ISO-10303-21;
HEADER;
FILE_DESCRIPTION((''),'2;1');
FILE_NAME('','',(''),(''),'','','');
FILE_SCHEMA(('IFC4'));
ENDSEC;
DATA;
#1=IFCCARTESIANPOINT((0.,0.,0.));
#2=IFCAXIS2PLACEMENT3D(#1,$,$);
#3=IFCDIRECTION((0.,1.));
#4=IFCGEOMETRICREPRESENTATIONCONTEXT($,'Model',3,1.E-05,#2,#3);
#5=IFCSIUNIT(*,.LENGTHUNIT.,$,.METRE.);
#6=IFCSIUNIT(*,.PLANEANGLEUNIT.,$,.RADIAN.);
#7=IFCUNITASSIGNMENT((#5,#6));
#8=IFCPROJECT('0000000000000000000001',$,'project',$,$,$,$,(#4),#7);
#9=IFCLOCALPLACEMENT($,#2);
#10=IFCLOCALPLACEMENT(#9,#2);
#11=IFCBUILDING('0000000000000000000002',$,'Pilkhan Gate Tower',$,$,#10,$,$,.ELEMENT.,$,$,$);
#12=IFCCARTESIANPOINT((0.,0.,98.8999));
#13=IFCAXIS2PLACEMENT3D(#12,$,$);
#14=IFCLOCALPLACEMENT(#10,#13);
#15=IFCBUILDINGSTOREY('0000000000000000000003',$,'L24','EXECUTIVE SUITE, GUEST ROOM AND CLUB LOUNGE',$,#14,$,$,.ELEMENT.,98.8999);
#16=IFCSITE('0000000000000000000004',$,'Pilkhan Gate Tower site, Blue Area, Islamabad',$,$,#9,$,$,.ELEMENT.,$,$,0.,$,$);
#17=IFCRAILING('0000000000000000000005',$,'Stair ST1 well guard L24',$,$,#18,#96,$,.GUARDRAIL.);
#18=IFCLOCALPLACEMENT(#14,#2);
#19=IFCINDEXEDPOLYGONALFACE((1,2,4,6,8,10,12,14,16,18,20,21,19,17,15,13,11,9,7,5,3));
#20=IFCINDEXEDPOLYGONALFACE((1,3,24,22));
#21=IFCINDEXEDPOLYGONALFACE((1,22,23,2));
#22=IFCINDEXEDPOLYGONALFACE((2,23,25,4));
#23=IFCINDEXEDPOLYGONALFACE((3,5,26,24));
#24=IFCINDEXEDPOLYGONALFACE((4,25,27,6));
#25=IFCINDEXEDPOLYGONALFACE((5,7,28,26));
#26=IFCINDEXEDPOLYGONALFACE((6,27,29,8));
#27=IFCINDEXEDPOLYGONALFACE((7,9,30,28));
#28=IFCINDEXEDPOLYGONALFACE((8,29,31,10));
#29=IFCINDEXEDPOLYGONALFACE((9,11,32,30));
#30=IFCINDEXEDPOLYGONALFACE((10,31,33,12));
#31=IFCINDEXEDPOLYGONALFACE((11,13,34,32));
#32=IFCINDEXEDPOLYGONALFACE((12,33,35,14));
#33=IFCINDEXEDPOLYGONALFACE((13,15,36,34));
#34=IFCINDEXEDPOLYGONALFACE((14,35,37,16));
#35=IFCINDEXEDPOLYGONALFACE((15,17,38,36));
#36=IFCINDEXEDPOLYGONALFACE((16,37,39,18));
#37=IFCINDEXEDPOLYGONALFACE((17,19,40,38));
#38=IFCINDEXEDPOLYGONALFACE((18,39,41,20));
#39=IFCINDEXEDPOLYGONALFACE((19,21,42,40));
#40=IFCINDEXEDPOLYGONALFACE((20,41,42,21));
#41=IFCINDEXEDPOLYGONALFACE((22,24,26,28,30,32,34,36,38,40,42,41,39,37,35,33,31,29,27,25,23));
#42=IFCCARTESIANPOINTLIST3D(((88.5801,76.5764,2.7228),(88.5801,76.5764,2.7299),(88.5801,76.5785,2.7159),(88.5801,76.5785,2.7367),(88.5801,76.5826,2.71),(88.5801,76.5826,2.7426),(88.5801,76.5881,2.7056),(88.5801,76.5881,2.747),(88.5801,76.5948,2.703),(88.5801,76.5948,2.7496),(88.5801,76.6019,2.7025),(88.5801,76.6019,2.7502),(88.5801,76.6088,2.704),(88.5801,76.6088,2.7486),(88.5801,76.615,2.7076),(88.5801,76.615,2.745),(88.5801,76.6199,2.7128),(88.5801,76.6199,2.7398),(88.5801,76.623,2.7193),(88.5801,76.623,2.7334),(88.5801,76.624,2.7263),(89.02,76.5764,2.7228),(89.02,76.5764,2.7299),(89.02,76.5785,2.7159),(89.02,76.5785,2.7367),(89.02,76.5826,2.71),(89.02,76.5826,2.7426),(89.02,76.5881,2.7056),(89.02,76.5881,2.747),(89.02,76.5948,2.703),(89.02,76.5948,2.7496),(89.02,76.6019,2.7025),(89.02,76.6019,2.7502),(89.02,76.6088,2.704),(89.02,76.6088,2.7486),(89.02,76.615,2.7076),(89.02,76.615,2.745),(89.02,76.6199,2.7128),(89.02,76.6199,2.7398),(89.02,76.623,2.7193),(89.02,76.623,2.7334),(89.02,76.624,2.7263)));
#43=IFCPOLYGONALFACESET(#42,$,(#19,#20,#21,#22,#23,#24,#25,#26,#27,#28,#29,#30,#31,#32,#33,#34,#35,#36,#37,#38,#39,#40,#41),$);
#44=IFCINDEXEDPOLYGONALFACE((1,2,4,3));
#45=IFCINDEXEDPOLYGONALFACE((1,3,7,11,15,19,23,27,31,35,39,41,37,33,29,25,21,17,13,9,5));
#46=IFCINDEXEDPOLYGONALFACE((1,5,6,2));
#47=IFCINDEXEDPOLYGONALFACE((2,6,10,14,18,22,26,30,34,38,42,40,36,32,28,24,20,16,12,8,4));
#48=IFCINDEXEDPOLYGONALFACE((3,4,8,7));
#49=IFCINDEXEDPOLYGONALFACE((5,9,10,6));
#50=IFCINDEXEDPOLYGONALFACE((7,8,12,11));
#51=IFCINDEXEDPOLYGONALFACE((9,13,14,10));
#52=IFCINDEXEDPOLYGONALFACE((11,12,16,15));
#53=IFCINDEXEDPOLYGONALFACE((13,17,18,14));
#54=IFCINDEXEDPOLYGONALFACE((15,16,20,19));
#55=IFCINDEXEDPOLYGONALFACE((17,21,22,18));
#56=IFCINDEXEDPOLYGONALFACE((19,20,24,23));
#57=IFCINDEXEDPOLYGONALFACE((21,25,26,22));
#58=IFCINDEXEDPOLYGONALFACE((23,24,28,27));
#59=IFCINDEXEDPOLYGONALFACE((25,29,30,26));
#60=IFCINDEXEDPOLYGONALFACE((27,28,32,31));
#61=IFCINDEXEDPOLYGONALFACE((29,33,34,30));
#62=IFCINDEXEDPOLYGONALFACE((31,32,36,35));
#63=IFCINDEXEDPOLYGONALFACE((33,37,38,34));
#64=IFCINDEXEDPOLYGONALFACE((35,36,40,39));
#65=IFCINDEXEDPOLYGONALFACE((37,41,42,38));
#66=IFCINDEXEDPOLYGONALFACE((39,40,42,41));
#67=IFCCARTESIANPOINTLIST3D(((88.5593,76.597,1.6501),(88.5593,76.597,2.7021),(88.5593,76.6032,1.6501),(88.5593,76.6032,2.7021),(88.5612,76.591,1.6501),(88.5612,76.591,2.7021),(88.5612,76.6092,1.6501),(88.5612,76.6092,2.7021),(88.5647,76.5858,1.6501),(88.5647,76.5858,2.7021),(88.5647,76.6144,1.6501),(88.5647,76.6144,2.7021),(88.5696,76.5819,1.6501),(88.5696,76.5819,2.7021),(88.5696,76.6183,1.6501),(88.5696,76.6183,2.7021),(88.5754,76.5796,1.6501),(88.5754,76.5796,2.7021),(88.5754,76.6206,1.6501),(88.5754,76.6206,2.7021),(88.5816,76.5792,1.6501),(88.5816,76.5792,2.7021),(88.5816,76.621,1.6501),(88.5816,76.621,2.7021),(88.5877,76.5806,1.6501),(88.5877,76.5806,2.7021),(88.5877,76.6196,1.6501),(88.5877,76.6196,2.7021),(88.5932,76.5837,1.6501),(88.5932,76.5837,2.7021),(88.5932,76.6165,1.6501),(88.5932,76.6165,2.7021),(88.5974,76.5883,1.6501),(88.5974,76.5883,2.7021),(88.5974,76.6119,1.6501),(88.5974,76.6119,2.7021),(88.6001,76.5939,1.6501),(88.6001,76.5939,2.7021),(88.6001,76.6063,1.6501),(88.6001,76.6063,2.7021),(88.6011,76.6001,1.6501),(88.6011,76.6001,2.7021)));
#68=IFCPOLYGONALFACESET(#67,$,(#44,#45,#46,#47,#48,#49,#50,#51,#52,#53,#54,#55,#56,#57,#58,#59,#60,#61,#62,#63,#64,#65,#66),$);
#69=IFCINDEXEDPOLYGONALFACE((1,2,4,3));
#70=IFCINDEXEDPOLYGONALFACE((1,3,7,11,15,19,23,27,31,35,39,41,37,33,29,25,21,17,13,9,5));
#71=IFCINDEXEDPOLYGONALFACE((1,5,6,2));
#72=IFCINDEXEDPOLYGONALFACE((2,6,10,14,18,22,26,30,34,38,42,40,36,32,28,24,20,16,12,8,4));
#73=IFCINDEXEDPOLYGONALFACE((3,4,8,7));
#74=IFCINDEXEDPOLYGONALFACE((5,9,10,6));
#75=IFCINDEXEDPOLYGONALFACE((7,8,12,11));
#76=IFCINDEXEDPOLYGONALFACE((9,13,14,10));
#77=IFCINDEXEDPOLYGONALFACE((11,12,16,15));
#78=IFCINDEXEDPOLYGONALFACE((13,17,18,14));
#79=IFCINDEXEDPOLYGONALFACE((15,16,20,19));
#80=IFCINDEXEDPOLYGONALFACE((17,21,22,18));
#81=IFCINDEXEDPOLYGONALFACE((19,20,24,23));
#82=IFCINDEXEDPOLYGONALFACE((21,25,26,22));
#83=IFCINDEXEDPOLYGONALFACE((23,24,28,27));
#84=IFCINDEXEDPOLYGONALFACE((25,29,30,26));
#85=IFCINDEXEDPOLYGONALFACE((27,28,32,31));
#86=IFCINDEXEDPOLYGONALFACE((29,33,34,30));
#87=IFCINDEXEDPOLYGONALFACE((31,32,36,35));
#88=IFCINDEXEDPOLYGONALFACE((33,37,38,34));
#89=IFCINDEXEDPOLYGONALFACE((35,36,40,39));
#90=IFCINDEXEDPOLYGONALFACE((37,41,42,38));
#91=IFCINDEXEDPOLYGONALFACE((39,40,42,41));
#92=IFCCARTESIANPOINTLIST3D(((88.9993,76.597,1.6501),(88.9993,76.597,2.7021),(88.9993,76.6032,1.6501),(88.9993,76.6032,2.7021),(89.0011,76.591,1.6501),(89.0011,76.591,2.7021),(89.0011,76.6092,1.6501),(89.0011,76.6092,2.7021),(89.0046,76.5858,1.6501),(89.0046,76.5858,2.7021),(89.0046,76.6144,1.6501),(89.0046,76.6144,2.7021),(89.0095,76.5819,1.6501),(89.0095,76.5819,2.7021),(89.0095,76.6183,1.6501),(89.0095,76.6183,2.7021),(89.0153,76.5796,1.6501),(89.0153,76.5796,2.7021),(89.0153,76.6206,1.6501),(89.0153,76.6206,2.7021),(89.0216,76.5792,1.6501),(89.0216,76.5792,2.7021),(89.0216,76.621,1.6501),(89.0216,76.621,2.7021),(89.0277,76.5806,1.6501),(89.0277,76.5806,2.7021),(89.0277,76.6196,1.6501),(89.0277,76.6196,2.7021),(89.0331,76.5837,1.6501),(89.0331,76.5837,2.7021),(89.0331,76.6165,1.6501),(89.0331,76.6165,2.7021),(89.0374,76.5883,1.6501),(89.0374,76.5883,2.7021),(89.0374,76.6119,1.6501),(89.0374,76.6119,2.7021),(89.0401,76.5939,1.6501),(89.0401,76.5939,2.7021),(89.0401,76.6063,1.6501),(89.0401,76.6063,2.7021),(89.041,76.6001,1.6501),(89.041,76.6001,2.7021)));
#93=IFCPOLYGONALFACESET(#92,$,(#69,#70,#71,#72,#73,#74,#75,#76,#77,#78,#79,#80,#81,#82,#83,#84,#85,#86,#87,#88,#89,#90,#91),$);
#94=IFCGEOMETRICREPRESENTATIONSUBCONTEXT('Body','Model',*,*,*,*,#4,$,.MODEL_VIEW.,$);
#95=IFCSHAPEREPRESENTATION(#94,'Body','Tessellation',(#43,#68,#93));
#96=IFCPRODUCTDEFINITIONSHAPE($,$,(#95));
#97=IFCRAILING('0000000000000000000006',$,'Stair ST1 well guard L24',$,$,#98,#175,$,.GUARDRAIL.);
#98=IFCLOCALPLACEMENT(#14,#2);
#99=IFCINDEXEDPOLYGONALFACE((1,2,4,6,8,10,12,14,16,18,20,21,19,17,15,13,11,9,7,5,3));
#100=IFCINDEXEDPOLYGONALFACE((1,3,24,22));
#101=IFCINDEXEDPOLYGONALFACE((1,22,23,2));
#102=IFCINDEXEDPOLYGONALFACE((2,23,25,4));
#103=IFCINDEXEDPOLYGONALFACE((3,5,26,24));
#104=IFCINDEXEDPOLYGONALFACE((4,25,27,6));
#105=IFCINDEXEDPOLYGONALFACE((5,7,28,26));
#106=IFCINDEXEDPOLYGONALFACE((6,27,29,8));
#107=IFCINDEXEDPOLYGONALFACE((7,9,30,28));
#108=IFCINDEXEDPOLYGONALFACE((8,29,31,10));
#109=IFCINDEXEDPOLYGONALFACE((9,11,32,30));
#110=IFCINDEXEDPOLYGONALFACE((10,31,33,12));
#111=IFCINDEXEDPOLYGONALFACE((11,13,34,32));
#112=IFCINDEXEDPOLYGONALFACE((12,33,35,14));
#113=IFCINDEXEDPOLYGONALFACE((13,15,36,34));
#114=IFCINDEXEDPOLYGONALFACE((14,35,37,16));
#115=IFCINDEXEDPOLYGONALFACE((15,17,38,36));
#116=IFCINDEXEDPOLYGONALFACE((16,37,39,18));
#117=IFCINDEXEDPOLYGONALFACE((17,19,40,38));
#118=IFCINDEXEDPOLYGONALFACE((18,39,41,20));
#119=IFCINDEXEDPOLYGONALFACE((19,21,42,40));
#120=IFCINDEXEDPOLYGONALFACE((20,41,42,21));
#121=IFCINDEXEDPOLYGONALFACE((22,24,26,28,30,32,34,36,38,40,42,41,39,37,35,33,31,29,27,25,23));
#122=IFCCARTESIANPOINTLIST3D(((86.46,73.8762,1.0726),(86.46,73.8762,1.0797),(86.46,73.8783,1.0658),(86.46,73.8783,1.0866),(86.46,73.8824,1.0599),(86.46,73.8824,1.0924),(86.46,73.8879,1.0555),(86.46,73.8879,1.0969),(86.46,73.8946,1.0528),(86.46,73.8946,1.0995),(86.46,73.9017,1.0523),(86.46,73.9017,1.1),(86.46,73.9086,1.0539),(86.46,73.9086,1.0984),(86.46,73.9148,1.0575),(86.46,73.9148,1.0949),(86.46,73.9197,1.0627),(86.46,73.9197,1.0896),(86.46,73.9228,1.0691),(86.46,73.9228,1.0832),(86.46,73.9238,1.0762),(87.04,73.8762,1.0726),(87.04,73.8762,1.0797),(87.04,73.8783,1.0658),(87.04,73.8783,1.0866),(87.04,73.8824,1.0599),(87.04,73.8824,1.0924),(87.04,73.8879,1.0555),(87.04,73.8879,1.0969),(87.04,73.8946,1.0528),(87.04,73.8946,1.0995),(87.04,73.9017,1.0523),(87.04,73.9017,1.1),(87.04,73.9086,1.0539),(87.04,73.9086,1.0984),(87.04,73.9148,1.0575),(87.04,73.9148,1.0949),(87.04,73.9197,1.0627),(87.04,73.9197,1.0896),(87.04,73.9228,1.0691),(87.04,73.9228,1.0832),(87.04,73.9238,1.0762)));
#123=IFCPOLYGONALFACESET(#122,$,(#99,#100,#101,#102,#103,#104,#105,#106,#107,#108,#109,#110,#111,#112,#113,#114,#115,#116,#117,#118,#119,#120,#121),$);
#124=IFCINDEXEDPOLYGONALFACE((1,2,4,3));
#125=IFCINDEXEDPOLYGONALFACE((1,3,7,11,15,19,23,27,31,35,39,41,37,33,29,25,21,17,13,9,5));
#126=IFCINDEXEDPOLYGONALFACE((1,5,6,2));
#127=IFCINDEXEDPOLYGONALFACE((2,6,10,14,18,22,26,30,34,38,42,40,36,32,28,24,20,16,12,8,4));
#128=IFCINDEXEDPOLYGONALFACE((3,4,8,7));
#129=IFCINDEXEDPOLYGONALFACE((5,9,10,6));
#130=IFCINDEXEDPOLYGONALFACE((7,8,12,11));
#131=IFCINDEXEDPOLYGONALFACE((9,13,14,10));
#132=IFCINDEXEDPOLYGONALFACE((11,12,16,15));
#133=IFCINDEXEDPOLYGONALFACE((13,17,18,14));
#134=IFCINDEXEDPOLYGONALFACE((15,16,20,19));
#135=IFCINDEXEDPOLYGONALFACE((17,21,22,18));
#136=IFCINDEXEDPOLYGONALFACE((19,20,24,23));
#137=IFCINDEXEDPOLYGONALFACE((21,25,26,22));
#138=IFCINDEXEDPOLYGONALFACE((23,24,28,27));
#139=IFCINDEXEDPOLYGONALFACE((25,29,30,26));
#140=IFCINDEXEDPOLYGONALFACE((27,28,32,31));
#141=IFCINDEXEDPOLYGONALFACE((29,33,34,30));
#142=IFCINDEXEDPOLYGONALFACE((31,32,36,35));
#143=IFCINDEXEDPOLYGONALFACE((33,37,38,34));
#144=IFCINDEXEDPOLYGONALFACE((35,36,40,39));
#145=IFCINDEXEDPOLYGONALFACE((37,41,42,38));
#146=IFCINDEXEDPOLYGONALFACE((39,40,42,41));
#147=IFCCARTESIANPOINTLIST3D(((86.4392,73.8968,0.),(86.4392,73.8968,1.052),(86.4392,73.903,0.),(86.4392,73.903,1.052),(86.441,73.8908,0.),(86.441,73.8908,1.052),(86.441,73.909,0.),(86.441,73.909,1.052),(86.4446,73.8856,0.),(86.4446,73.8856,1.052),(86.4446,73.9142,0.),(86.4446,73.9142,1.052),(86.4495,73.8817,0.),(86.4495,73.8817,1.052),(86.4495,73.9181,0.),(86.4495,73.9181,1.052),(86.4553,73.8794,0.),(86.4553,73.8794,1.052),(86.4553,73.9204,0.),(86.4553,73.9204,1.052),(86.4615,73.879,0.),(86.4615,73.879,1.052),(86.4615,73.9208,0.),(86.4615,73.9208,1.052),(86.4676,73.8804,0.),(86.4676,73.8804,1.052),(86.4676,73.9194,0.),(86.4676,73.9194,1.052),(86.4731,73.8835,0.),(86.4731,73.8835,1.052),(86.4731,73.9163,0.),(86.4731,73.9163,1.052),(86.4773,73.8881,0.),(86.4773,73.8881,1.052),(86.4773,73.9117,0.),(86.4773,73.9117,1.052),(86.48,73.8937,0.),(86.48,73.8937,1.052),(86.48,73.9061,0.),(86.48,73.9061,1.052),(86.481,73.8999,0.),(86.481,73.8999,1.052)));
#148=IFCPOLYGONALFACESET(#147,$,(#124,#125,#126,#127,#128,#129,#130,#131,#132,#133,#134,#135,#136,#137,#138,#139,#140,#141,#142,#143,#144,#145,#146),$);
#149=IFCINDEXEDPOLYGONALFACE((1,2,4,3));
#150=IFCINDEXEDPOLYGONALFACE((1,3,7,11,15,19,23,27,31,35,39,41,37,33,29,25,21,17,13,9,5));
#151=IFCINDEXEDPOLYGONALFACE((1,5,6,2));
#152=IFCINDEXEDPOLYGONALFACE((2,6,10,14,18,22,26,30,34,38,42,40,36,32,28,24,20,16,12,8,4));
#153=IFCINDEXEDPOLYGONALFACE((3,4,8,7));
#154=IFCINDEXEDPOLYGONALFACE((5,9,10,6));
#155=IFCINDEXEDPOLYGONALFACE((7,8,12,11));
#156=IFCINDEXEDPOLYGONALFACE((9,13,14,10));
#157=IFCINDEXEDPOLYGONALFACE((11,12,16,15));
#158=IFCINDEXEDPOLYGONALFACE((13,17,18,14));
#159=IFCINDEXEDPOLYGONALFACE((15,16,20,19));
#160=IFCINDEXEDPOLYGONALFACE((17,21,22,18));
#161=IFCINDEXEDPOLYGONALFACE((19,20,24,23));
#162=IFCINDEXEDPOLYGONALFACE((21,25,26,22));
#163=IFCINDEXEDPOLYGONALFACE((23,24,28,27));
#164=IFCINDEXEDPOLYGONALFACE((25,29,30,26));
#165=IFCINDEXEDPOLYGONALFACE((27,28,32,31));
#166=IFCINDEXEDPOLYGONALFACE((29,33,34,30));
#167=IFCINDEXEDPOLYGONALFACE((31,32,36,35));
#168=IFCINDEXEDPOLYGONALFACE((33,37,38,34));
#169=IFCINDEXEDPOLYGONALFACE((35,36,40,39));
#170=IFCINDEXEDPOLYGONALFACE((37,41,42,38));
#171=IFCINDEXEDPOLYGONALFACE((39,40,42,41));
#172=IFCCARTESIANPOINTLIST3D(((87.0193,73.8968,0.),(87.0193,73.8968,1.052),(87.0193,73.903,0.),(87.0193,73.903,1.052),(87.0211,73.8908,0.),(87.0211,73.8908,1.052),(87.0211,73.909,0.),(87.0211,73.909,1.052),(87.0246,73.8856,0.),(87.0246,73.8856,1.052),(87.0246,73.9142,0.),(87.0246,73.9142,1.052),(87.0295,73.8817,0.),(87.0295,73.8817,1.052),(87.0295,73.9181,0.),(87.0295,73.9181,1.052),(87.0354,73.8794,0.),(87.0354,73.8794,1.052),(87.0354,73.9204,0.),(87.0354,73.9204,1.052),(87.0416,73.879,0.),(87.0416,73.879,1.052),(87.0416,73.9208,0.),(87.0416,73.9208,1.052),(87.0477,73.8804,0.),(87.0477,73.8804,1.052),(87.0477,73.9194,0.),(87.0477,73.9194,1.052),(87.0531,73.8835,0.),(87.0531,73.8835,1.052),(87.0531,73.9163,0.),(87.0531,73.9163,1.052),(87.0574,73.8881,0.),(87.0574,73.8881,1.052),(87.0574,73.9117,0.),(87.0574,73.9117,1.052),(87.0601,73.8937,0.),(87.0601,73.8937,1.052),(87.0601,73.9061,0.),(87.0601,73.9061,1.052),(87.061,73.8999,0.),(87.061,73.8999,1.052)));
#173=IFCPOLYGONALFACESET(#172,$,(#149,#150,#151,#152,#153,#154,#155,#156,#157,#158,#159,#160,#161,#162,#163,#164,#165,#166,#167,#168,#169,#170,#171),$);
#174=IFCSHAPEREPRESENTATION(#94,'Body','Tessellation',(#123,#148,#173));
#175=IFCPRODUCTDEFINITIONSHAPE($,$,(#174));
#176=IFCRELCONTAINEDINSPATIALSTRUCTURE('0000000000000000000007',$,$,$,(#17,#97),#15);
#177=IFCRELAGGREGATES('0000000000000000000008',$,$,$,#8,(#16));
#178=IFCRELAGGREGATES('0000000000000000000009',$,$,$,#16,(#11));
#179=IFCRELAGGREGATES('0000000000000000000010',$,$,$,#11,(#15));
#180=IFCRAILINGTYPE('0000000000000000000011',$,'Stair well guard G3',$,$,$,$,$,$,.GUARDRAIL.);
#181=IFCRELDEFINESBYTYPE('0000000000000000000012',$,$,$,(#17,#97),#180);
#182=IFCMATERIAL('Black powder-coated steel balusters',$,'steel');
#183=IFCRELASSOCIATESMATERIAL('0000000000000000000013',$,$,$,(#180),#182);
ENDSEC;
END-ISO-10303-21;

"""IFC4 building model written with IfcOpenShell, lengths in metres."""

from ifc_helpers import new_model, si_unit, direction, frame, origin, origin_2d, place, context, subcontext, project, spatial, circle, extrude, material, type_object, element, save


model = new_model("IFC4")

# Units and contexts
model_context = context("Model", 3, precision=1e-05, world=origin(), true_north=direction((0.0, 1.0)))
body_context = subcontext(model_context, "Body", "Model", "MODEL_VIEW")
ifc_project = project(units=[si_unit("LENGTHUNIT", "METRE"), si_unit("PLANEANGLEUNIT", "RADIAN")], contexts=[model_context])

# Site, building, storey
site_placement = place(None, origin())
site = spatial("IfcSite", under=ifc_project, at=site_placement, Name="Pilkhan Gate Tower site, Blue Area, Islamabad", CompositionType="ELEMENT", RefElevation=0.0)
building_placement = place(site_placement, origin())
building = spatial("IfcBuilding", under=site, at=building_placement, Name="Pilkhan Gate Tower", CompositionType="ELEMENT")
storey_placement = place(building_placement, frame((0.0, 0.0, 98.8999)))
storey = spatial("IfcBuildingStorey", under=building, at=storey_placement, Name="L24", Description="EXECUTIVE SUITE, GUEST ROOM AND CLUB LOUNGE", CompositionType="ELEMENT", Elevation=98.8999)

# Railings
ifc_material_1 = material(Name="Black powder-coated steel balusters", Category="steel")
railing_type_1 = type_object("IfcRailingType", Name="Stair well guard G3", PredefinedType="GUARDRAIL", material=ifc_material_1)
railing_1_placement = place(storey_placement, frame((88.5801, 76.6001, 1.6501)))
element("IfcRailing", 1, at=railing_1_placement, inside=storey, type_object=railing_type_1, Name="Stair ST1 well guard L24", PredefinedType="GUARDRAIL", context=body_context, shape_type="SweptSolid", body=[
    extrude(circle(Radius=0.0239, at=origin_2d()), frame((0.0, 0.0, 1.0762), z_axis=(1.0, 0.0, 0.0), x_axis=(0.0, 1.0, 0.0)), (0.0, 0.0, 1.0), 0.4399),
    extrude(circle(Radius=0.021, at=origin_2d()), origin(), (0.0, 0.0, 1.0), 1.052),
    extrude(circle(Radius=0.021, at=origin_2d()), frame((0.4399, 0.0, 0.0)), (0.0, 0.0, 1.0), 1.052),
])
for number, where, name in (
    (2, (86.46, 73.8999, 0.0), "Stair ST1 well guard L24"),
):
    element("IfcRailing", number, at=place(storey_placement, frame(where)), inside=storey, type_object=railing_type_1, Name=name, PredefinedType="GUARDRAIL", context=body_context, shape_type="SweptSolid", body=[
        extrude(circle(Radius=0.0239, at=origin_2d()), frame((0.0, 0.0, 1.0762), z_axis=(1.0, 0.0, 0.0), x_axis=(0.0, 1.0, 0.0)), (0.0, 0.0, 1.0), 0.5801),
        extrude(circle(Radius=0.021, at=origin_2d()), origin(), (0.0, 0.0, 1.0), 1.052),
        extrude(circle(Radius=0.021, at=origin_2d()), frame((0.5801, 0.0, 0.0)), (0.0, 0.0, 1.0), 1.052),
    ])

save(model, "model.ifc")
